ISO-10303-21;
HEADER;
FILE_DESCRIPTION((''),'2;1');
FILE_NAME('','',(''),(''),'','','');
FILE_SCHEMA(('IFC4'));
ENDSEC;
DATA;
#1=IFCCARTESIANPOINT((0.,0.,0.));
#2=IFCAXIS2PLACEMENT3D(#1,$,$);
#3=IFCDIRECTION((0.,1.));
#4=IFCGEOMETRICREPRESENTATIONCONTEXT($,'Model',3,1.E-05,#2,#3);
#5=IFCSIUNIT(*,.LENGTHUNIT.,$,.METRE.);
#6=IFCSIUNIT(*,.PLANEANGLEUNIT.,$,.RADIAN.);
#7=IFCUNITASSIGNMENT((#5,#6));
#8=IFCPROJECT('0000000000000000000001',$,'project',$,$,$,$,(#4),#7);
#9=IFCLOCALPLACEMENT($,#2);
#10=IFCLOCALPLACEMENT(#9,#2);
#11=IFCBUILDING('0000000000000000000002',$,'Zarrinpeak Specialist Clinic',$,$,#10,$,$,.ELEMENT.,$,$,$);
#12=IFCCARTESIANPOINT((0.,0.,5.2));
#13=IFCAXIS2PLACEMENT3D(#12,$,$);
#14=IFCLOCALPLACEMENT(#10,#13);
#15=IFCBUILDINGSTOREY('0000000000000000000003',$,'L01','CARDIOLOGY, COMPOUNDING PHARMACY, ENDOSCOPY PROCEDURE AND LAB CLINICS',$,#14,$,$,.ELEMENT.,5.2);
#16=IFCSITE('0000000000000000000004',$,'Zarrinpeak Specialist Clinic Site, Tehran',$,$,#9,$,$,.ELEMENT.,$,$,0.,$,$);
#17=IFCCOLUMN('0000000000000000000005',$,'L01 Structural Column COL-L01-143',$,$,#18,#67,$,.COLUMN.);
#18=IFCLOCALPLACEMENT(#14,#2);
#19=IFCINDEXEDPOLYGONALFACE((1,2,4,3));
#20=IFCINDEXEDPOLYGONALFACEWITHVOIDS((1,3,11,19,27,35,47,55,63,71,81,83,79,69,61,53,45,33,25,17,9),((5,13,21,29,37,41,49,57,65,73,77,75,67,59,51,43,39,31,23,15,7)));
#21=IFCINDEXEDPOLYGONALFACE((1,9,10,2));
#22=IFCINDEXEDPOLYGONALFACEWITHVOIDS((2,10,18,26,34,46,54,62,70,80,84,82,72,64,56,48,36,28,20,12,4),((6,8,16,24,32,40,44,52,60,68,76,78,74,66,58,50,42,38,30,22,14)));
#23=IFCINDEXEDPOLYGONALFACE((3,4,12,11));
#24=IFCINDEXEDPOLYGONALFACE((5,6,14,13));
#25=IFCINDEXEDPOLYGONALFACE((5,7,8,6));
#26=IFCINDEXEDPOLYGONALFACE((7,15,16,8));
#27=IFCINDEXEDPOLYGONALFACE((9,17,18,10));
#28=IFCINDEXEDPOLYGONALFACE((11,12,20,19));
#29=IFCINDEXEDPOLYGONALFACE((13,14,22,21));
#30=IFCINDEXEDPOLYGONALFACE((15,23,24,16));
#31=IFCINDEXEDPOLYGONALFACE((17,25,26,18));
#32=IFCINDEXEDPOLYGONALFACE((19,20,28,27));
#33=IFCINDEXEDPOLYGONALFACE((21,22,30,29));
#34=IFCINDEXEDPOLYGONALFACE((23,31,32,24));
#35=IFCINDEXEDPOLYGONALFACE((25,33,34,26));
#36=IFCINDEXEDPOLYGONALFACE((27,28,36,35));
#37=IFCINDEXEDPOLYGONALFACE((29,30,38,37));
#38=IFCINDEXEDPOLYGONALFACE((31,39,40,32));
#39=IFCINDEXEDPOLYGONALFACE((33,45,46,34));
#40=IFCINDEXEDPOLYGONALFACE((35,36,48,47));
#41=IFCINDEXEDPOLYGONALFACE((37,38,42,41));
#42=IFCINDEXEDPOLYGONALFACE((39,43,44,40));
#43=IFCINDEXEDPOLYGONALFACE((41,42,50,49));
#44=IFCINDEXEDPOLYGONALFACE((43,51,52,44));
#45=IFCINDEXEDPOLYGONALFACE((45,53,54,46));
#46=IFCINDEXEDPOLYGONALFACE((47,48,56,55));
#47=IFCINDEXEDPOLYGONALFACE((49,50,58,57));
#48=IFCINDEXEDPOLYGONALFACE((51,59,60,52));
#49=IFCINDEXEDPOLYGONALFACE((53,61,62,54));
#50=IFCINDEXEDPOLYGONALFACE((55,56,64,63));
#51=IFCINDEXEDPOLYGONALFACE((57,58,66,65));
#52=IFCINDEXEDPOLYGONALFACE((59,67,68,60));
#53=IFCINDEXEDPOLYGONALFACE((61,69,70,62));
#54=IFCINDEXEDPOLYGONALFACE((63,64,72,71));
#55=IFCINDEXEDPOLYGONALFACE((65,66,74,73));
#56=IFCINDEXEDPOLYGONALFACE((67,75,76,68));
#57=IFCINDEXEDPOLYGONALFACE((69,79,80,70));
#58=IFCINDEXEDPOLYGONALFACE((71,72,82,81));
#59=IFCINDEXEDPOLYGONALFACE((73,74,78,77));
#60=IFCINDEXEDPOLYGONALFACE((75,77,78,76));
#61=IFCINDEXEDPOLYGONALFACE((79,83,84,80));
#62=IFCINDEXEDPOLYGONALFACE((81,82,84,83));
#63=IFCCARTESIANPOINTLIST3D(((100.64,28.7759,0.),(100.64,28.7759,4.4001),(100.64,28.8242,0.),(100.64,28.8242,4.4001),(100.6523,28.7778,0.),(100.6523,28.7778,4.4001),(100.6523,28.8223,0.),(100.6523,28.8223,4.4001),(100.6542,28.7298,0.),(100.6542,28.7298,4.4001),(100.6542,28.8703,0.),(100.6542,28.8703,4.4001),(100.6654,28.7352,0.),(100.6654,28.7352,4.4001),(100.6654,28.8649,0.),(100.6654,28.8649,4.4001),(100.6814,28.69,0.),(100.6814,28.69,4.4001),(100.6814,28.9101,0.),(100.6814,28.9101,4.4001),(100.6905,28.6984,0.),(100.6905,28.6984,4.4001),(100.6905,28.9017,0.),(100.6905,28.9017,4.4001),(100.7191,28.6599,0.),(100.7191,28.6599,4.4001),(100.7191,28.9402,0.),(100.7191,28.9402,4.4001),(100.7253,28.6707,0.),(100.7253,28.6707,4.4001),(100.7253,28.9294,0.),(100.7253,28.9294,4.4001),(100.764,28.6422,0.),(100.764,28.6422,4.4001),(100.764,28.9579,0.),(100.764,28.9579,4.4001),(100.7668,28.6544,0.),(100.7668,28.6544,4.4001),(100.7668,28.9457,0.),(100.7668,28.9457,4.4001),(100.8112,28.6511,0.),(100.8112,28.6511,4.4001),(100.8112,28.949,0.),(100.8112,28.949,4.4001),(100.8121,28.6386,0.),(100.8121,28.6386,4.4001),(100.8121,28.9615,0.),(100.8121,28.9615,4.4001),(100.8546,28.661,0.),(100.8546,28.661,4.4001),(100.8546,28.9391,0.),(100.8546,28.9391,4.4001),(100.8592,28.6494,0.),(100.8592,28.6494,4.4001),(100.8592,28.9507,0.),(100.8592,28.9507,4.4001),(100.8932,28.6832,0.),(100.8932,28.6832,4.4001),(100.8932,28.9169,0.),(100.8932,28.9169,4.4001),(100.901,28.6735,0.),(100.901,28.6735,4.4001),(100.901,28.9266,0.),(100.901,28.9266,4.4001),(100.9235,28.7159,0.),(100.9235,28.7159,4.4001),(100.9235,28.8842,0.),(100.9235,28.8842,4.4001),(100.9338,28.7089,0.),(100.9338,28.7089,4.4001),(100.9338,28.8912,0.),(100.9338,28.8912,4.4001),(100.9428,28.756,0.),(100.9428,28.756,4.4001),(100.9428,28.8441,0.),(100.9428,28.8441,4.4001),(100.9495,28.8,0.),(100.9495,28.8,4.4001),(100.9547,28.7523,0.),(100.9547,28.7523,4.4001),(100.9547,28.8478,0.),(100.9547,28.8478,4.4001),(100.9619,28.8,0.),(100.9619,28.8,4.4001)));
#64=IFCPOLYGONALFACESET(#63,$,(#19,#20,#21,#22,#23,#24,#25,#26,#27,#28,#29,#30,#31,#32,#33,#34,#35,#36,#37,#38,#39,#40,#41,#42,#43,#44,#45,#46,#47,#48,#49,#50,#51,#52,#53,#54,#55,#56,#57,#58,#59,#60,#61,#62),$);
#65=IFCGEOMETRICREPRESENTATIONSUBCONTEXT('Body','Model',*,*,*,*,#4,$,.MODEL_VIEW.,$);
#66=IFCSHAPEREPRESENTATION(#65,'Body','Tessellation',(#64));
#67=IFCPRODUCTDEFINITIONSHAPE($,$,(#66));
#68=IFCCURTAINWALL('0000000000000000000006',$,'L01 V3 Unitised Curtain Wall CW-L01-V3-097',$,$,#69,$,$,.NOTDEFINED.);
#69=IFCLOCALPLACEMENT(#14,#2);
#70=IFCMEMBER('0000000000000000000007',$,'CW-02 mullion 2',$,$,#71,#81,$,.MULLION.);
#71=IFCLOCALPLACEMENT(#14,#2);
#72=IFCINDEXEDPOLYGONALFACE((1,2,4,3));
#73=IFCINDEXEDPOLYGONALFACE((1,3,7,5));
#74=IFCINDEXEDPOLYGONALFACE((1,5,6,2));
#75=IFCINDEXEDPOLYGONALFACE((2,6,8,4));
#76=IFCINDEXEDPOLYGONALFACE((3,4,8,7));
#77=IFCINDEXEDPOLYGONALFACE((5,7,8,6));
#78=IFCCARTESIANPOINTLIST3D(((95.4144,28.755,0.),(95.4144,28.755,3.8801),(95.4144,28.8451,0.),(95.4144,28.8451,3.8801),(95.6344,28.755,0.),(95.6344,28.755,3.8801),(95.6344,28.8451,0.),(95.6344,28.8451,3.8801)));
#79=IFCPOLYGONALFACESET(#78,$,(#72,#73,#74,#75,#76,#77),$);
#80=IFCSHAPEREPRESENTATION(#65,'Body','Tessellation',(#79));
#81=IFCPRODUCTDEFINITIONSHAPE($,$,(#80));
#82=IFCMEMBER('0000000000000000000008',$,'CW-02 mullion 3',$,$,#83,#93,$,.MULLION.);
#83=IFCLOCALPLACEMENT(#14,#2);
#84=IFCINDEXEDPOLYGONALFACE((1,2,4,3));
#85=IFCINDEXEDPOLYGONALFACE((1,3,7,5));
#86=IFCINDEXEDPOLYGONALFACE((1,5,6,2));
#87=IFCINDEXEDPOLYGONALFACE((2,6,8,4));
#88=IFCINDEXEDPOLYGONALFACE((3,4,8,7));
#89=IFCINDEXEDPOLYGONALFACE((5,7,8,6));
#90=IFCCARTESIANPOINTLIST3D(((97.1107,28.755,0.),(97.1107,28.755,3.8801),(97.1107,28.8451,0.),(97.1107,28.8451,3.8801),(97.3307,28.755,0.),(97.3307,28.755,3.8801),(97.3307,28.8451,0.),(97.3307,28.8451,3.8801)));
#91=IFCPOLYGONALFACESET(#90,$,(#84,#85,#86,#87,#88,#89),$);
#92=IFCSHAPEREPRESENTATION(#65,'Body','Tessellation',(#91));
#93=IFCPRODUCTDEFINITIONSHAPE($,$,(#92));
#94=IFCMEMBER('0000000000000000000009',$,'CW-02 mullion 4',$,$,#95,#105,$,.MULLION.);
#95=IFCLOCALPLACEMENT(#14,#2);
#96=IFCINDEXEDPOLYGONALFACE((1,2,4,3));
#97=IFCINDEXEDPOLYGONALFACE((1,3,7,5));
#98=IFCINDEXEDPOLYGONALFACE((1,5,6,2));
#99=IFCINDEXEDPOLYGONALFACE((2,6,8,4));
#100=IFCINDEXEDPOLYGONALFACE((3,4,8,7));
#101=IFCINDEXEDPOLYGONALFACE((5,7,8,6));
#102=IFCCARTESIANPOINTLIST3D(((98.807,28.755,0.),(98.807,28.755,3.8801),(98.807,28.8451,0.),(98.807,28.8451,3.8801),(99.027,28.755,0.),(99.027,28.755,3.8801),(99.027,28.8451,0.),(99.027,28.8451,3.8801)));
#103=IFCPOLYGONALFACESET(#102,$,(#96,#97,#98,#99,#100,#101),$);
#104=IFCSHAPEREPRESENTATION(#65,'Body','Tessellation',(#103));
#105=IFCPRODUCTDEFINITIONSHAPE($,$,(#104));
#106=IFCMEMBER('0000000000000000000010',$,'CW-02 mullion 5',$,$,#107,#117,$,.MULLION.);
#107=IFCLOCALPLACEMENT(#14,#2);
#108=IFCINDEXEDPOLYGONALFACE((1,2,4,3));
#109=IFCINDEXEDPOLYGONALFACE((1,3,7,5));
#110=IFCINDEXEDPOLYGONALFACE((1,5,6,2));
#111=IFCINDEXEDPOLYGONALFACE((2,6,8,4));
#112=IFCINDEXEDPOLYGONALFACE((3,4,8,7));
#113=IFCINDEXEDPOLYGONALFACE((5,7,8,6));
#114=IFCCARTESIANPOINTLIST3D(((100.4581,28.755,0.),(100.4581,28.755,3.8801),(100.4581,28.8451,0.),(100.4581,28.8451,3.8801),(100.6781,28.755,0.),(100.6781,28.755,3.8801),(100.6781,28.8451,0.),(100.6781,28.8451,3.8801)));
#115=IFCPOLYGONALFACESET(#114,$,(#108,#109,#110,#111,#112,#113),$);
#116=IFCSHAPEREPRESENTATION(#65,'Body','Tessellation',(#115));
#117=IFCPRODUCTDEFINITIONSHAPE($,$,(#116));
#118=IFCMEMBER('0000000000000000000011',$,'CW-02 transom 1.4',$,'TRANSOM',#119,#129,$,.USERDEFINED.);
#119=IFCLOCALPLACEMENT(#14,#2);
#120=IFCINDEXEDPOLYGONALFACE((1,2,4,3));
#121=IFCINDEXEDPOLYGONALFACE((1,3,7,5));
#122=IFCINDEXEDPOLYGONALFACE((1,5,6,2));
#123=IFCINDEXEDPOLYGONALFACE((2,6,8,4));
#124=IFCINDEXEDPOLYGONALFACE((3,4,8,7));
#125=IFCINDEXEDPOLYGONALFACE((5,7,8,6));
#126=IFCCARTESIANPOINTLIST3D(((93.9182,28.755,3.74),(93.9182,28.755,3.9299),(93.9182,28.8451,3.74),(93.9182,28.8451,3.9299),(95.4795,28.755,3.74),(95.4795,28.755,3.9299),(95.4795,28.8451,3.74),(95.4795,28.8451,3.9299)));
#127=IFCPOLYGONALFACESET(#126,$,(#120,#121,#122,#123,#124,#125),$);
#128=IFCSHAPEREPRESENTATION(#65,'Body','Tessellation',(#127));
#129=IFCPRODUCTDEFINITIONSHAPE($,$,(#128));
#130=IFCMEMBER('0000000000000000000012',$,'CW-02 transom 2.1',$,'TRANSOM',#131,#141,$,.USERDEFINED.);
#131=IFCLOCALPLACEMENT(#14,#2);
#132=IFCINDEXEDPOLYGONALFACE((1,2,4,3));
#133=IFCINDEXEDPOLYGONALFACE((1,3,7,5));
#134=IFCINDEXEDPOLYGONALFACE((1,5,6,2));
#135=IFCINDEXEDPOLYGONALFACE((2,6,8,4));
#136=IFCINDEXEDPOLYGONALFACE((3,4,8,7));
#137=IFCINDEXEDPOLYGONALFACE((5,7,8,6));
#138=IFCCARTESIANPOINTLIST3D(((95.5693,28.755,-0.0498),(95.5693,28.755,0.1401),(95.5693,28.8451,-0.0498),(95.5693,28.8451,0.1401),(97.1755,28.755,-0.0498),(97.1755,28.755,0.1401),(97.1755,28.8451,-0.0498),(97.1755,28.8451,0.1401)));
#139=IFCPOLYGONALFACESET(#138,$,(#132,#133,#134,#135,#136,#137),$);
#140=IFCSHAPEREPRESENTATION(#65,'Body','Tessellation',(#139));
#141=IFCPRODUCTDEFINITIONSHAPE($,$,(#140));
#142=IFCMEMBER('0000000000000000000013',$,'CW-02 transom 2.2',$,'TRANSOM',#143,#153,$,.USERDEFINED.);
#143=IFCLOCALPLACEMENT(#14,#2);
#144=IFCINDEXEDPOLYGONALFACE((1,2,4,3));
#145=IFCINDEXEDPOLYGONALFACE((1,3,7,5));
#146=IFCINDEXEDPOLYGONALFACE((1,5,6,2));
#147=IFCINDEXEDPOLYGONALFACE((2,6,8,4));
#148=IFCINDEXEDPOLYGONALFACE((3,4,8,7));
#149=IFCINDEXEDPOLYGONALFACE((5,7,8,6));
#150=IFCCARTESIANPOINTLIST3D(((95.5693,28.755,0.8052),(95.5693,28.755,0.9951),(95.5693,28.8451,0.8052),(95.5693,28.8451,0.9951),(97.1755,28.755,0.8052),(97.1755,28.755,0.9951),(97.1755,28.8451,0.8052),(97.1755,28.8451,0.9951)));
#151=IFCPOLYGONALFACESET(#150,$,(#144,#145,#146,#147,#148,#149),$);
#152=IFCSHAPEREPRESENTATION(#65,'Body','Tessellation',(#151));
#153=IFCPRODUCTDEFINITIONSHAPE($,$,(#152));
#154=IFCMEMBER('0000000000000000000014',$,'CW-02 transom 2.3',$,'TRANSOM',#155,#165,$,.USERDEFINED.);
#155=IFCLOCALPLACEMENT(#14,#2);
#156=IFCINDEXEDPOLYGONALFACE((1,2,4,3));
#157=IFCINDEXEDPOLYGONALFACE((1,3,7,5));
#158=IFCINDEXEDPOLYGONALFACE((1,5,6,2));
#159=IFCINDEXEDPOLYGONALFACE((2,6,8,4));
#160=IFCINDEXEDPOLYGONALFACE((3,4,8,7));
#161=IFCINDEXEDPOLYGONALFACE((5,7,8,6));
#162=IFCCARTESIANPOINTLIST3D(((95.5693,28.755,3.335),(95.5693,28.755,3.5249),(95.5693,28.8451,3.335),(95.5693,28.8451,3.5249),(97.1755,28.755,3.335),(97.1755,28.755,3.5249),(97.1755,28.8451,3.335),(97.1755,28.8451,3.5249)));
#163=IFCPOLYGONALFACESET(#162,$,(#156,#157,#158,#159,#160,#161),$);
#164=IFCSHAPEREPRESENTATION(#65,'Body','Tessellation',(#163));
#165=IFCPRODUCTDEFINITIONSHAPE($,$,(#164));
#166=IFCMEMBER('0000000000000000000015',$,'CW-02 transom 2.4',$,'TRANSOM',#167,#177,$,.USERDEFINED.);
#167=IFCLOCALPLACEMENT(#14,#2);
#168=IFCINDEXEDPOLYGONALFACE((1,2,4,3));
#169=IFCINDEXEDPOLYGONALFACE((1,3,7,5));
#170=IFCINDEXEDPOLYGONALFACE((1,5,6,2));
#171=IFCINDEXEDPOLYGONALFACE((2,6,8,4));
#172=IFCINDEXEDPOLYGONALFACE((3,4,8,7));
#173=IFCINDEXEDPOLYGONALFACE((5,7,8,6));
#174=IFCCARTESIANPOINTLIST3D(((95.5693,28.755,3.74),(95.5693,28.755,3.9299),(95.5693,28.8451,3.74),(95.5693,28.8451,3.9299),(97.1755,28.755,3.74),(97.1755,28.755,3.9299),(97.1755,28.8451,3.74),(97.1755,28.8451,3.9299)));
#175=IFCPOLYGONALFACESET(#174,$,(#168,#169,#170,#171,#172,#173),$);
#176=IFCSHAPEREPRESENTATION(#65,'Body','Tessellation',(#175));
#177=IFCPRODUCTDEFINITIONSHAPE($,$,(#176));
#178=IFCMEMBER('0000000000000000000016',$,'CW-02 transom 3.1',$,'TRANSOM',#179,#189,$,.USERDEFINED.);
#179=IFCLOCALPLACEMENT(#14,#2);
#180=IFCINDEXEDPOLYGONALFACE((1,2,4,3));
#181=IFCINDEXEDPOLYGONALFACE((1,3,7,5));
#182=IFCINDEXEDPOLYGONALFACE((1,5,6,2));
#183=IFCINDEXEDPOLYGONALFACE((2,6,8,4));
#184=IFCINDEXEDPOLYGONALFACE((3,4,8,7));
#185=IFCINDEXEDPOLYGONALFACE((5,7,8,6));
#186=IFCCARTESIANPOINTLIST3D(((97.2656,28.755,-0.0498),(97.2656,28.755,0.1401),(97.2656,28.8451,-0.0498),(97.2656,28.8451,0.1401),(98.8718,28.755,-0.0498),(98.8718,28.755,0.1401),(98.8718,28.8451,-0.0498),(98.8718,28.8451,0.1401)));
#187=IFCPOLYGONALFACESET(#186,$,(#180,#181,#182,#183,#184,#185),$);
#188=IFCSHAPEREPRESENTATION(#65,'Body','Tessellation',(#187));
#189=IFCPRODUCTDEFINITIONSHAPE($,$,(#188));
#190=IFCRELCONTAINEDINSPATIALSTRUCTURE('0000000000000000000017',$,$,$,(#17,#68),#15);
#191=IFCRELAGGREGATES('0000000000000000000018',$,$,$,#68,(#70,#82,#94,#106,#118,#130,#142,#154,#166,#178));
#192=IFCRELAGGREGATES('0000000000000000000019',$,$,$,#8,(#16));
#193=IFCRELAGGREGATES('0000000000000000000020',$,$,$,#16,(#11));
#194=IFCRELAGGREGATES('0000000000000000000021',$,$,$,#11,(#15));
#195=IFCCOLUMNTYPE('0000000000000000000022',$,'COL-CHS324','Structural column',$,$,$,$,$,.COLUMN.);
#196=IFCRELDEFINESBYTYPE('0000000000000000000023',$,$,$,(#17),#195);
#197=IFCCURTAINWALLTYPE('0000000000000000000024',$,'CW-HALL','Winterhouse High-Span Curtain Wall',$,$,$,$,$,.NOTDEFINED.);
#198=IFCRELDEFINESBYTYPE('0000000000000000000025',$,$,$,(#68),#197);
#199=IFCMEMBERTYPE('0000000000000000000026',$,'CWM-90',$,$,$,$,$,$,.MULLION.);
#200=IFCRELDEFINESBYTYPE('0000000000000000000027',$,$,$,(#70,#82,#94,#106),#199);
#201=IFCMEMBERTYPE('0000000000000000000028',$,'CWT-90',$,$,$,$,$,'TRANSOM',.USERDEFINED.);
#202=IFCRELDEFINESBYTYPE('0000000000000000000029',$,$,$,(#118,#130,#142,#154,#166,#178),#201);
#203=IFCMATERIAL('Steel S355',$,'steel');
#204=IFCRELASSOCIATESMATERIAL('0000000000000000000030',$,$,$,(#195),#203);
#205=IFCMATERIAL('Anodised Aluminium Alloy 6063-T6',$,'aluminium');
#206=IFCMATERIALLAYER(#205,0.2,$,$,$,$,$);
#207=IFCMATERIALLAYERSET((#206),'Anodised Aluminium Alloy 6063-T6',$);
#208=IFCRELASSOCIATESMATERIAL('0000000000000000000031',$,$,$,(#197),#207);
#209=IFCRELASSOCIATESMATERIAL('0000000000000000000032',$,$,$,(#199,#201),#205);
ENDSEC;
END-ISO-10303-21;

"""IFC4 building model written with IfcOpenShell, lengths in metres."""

from ifc_helpers import new_model, si_unit, direction, frame, origin, origin_2d, place, context, subcontext, project, spatial, rectangle, hollow_circle, extrude, material, layer, layer_set, material_profile, profile_set, type_object, element, aggregate, save


model = new_model("IFC4")

# Units and contexts
model_context = context("Model", 3, precision=1e-05, world=origin(), true_north=direction((0.0, 1.0)))
body_context = subcontext(model_context, "Body", "Model", "MODEL_VIEW")
ifc_project = project(units=[si_unit("LENGTHUNIT", "METRE"), si_unit("PLANEANGLEUNIT", "RADIAN")], contexts=[model_context])

# Site, building, storey
site_placement = place(None, origin())
site = spatial("IfcSite", under=ifc_project, at=site_placement, Name="Zarrinpeak Specialist Clinic Site, Tehran", CompositionType="ELEMENT", RefElevation=0.0)
building_placement = place(site_placement, origin())
building = spatial("IfcBuilding", under=site, at=building_placement, Name="Zarrinpeak Specialist Clinic", CompositionType="ELEMENT")
storey_placement = place(building_placement, frame((0.0, 0.0, 5.2)))
storey = spatial("IfcBuildingStorey", under=building, at=storey_placement, Name="L01", Description="CARDIOLOGY, COMPOUNDING PHARMACY, ENDOSCOPY PROCEDURE AND LAB CLINICS", CompositionType="ELEMENT", Elevation=5.2)

# Column
ifc_material_1 = material(Name="Steel S355", Category="steel")
ifc_material_profile_1 = material_profile(ifc_material_1, hollow_circle(Radius=0.1619, WallThickness=0.0125, at=origin_2d()), Name="CHS 323.9x12.5")
ifc_profile_set_1 = profile_set([ifc_material_profile_1], Name="Steel S355")
column_type = type_object("IfcColumnType", Name="COL-CHS324", Description="Structural column", PredefinedType="COLUMN", material=ifc_profile_set_1)
column_placement = place(storey_placement, frame((100.8, 28.8, 0.0), z_axis=(0.0, 0.0, 1.0), x_axis=(1.0, 0.0, 0.0)))
element("IfcColumn", 1, at=column_placement, inside=storey, type_object=column_type, Name="L01 Structural Column COL-L01-143", PredefinedType="COLUMN", context=body_context, shape_type="SweptSolid", body=[
    extrude(hollow_circle(Radius=0.1619, WallThickness=0.0125, at=origin_2d()), origin(), (0.0, 0.0, 1.0), 4.4001),
])

# Curtain wall, members
ifc_material_2 = material(Name="Anodised Aluminium Alloy 6063-T6", Category="aluminium")
ifc_layer_1 = layer(ifc_material_2, 0.2)
ifc_layer_set_1 = layer_set([ifc_layer_1], Name="Anodised Aluminium Alloy 6063-T6")
curtain_wall_type = type_object("IfcCurtainWallType", Name="CW-HALL", Description="Winterhouse High-Span Curtain Wall", PredefinedType="NOTDEFINED", material=ifc_layer_set_1)
curtain_wall_placement = place(storey_placement, origin())
curtain_wall = element("IfcCurtainWall", 2, at=curtain_wall_placement, inside=storey, type_object=curtain_wall_type, Name="L01 V3 Unitised Curtain Wall CW-L01-V3-097", PredefinedType="NOTDEFINED")
ifc_material_profile_2 = material_profile(ifc_material_2, rectangle(XDim=0.0901, YDim=0.22, at=origin_2d()), Name="ALU 90x220")
ifc_profile_set_2 = profile_set([ifc_material_profile_2], Name="Anodised Aluminium Alloy 6063-T6")
member_type_1 = type_object("IfcMemberType", Name="CWM-90", PredefinedType="MULLION", material=ifc_profile_set_2)
member_1_placement = place(storey_placement, frame((95.5244, 28.8, 0.0), z_axis=(0.0, 0.0, 1.0), x_axis=(0.0, 1.0, 0.0)))
member_1 = element("IfcMember", 3, at=member_1_placement, type_object=member_type_1, Name="CW-02 mullion 2", PredefinedType="MULLION", context=body_context, shape_type="SweptSolid", body=[
    extrude(rectangle(XDim=0.0901, YDim=0.22, at=origin_2d()), origin(), (0.0, 0.0, 1.0), 3.8801),
])
member_2_placement = place(storey_placement, frame((97.2207, 28.8, 0.0), z_axis=(0.0, 0.0, 1.0), x_axis=(0.0, 1.0, 0.0)))
member_2 = element("IfcMember", 4, at=member_2_placement, type_object=member_type_1, Name="CW-02 mullion 3", PredefinedType="MULLION", context=body_context, shape_type="SweptSolid", body=[
    extrude(rectangle(XDim=0.0901, YDim=0.22, at=origin_2d()), origin(), (0.0, 0.0, 1.0), 3.8801),
])
member_3_placement = place(storey_placement, frame((98.917, 28.8, 0.0), z_axis=(0.0, 0.0, 1.0), x_axis=(0.0, 1.0, 0.0)))
member_3 = element("IfcMember", 5, at=member_3_placement, type_object=member_type_1, Name="CW-02 mullion 4", PredefinedType="MULLION", context=body_context, shape_type="SweptSolid", body=[
    extrude(rectangle(XDim=0.0901, YDim=0.22, at=origin_2d()), origin(), (0.0, 0.0, 1.0), 3.8801),
])
member_4_placement = place(storey_placement, frame((100.5681, 28.8, 0.0), z_axis=(0.0, 0.0, 1.0), x_axis=(0.0, 1.0, 0.0)))
member_4 = element("IfcMember", 6, at=member_4_placement, type_object=member_type_1, Name="CW-02 mullion 5", PredefinedType="MULLION", context=body_context, shape_type="SweptSolid", body=[
    extrude(rectangle(XDim=0.0901, YDim=0.22, at=origin_2d()), origin(), (0.0, 0.0, 1.0), 3.8801),
])
ifc_material_profile_3 = material_profile(ifc_material_2, rectangle(XDim=0.0901, YDim=0.1899, at=origin_2d()), Name="ALU 90x190")
ifc_profile_set_3 = profile_set([ifc_material_profile_3], Name="Anodised Aluminium Alloy 6063-T6")
member_type_2 = type_object("IfcMemberType", Name="CWT-90", ElementType="TRANSOM", PredefinedType="USERDEFINED", material=ifc_profile_set_3)
member_5_placement = place(storey_placement, frame((93.9182, 28.8, 3.835), z_axis=(1.0, 0.0, 0.0), x_axis=(0.0, 1.0, 0.0)))
member_5 = element("IfcMember", 7, at=member_5_placement, type_object=member_type_2, Name="CW-02 transom 1.4", ObjectType="TRANSOM", PredefinedType="USERDEFINED", context=body_context, shape_type="SweptSolid", body=[
    extrude(rectangle(XDim=0.0901, YDim=0.1899, at=origin_2d()), origin(), (0.0, 0.0, 1.0), 1.5613),
])
member_6_placement = place(storey_placement, frame((95.5693, 28.8, 0.0452), z_axis=(1.0, 0.0, 0.0), x_axis=(0.0, 1.0, 0.0)))
member_6 = element("IfcMember", 8, at=member_6_placement, type_object=member_type_2, Name="CW-02 transom 2.1", ObjectType="TRANSOM", PredefinedType="USERDEFINED", context=body_context, shape_type="SweptSolid", body=[
    extrude(rectangle(XDim=0.0901, YDim=0.1899, at=origin_2d()), origin(), (0.0, 0.0, 1.0), 1.6062),
])
member_7_placement = place(storey_placement, frame((95.5693, 28.8, 0.9001), z_axis=(1.0, 0.0, 0.0), x_axis=(0.0, 1.0, 0.0)))
member_7 = element("IfcMember", 9, at=member_7_placement, type_object=member_type_2, Name="CW-02 transom 2.2", ObjectType="TRANSOM", PredefinedType="USERDEFINED", context=body_context, shape_type="SweptSolid", body=[
    extrude(rectangle(XDim=0.0901, YDim=0.1899, at=origin_2d()), origin(), (0.0, 0.0, 1.0), 1.6062),
])
member_8_placement = place(storey_placement, frame((95.5693, 28.8, 3.4299), z_axis=(1.0, 0.0, 0.0), x_axis=(0.0, 1.0, 0.0)))
member_8 = element("IfcMember", 10, at=member_8_placement, type_object=member_type_2, Name="CW-02 transom 2.3", ObjectType="TRANSOM", PredefinedType="USERDEFINED", context=body_context, shape_type="SweptSolid", body=[
    extrude(rectangle(XDim=0.0901, YDim=0.1899, at=origin_2d()), origin(), (0.0, 0.0, 1.0), 1.6062),
])
member_9_placement = place(storey_placement, frame((95.5693, 28.8, 3.835), z_axis=(1.0, 0.0, 0.0), x_axis=(0.0, 1.0, 0.0)))
member_9 = element("IfcMember", 11, at=member_9_placement, type_object=member_type_2, Name="CW-02 transom 2.4", ObjectType="TRANSOM", PredefinedType="USERDEFINED", context=body_context, shape_type="SweptSolid", body=[
    extrude(rectangle(XDim=0.0901, YDim=0.1899, at=origin_2d()), origin(), (0.0, 0.0, 1.0), 1.6062),
])
member_10_placement = place(storey_placement, frame((97.2656, 28.8, 0.0452), z_axis=(1.0, 0.0, 0.0), x_axis=(0.0, 1.0, 0.0)))
member_10 = element("IfcMember", 12, at=member_10_placement, type_object=member_type_2, Name="CW-02 transom 3.1", ObjectType="TRANSOM", PredefinedType="USERDEFINED", context=body_context, shape_type="SweptSolid", body=[
    extrude(rectangle(XDim=0.0901, YDim=0.1899, at=origin_2d()), origin(), (0.0, 0.0, 1.0), 1.6062),
])
aggregate(curtain_wall, [member_1, member_2, member_3, member_4, member_5, member_6, member_7, member_8, member_9, member_10])

save(model, "model.ifc")
